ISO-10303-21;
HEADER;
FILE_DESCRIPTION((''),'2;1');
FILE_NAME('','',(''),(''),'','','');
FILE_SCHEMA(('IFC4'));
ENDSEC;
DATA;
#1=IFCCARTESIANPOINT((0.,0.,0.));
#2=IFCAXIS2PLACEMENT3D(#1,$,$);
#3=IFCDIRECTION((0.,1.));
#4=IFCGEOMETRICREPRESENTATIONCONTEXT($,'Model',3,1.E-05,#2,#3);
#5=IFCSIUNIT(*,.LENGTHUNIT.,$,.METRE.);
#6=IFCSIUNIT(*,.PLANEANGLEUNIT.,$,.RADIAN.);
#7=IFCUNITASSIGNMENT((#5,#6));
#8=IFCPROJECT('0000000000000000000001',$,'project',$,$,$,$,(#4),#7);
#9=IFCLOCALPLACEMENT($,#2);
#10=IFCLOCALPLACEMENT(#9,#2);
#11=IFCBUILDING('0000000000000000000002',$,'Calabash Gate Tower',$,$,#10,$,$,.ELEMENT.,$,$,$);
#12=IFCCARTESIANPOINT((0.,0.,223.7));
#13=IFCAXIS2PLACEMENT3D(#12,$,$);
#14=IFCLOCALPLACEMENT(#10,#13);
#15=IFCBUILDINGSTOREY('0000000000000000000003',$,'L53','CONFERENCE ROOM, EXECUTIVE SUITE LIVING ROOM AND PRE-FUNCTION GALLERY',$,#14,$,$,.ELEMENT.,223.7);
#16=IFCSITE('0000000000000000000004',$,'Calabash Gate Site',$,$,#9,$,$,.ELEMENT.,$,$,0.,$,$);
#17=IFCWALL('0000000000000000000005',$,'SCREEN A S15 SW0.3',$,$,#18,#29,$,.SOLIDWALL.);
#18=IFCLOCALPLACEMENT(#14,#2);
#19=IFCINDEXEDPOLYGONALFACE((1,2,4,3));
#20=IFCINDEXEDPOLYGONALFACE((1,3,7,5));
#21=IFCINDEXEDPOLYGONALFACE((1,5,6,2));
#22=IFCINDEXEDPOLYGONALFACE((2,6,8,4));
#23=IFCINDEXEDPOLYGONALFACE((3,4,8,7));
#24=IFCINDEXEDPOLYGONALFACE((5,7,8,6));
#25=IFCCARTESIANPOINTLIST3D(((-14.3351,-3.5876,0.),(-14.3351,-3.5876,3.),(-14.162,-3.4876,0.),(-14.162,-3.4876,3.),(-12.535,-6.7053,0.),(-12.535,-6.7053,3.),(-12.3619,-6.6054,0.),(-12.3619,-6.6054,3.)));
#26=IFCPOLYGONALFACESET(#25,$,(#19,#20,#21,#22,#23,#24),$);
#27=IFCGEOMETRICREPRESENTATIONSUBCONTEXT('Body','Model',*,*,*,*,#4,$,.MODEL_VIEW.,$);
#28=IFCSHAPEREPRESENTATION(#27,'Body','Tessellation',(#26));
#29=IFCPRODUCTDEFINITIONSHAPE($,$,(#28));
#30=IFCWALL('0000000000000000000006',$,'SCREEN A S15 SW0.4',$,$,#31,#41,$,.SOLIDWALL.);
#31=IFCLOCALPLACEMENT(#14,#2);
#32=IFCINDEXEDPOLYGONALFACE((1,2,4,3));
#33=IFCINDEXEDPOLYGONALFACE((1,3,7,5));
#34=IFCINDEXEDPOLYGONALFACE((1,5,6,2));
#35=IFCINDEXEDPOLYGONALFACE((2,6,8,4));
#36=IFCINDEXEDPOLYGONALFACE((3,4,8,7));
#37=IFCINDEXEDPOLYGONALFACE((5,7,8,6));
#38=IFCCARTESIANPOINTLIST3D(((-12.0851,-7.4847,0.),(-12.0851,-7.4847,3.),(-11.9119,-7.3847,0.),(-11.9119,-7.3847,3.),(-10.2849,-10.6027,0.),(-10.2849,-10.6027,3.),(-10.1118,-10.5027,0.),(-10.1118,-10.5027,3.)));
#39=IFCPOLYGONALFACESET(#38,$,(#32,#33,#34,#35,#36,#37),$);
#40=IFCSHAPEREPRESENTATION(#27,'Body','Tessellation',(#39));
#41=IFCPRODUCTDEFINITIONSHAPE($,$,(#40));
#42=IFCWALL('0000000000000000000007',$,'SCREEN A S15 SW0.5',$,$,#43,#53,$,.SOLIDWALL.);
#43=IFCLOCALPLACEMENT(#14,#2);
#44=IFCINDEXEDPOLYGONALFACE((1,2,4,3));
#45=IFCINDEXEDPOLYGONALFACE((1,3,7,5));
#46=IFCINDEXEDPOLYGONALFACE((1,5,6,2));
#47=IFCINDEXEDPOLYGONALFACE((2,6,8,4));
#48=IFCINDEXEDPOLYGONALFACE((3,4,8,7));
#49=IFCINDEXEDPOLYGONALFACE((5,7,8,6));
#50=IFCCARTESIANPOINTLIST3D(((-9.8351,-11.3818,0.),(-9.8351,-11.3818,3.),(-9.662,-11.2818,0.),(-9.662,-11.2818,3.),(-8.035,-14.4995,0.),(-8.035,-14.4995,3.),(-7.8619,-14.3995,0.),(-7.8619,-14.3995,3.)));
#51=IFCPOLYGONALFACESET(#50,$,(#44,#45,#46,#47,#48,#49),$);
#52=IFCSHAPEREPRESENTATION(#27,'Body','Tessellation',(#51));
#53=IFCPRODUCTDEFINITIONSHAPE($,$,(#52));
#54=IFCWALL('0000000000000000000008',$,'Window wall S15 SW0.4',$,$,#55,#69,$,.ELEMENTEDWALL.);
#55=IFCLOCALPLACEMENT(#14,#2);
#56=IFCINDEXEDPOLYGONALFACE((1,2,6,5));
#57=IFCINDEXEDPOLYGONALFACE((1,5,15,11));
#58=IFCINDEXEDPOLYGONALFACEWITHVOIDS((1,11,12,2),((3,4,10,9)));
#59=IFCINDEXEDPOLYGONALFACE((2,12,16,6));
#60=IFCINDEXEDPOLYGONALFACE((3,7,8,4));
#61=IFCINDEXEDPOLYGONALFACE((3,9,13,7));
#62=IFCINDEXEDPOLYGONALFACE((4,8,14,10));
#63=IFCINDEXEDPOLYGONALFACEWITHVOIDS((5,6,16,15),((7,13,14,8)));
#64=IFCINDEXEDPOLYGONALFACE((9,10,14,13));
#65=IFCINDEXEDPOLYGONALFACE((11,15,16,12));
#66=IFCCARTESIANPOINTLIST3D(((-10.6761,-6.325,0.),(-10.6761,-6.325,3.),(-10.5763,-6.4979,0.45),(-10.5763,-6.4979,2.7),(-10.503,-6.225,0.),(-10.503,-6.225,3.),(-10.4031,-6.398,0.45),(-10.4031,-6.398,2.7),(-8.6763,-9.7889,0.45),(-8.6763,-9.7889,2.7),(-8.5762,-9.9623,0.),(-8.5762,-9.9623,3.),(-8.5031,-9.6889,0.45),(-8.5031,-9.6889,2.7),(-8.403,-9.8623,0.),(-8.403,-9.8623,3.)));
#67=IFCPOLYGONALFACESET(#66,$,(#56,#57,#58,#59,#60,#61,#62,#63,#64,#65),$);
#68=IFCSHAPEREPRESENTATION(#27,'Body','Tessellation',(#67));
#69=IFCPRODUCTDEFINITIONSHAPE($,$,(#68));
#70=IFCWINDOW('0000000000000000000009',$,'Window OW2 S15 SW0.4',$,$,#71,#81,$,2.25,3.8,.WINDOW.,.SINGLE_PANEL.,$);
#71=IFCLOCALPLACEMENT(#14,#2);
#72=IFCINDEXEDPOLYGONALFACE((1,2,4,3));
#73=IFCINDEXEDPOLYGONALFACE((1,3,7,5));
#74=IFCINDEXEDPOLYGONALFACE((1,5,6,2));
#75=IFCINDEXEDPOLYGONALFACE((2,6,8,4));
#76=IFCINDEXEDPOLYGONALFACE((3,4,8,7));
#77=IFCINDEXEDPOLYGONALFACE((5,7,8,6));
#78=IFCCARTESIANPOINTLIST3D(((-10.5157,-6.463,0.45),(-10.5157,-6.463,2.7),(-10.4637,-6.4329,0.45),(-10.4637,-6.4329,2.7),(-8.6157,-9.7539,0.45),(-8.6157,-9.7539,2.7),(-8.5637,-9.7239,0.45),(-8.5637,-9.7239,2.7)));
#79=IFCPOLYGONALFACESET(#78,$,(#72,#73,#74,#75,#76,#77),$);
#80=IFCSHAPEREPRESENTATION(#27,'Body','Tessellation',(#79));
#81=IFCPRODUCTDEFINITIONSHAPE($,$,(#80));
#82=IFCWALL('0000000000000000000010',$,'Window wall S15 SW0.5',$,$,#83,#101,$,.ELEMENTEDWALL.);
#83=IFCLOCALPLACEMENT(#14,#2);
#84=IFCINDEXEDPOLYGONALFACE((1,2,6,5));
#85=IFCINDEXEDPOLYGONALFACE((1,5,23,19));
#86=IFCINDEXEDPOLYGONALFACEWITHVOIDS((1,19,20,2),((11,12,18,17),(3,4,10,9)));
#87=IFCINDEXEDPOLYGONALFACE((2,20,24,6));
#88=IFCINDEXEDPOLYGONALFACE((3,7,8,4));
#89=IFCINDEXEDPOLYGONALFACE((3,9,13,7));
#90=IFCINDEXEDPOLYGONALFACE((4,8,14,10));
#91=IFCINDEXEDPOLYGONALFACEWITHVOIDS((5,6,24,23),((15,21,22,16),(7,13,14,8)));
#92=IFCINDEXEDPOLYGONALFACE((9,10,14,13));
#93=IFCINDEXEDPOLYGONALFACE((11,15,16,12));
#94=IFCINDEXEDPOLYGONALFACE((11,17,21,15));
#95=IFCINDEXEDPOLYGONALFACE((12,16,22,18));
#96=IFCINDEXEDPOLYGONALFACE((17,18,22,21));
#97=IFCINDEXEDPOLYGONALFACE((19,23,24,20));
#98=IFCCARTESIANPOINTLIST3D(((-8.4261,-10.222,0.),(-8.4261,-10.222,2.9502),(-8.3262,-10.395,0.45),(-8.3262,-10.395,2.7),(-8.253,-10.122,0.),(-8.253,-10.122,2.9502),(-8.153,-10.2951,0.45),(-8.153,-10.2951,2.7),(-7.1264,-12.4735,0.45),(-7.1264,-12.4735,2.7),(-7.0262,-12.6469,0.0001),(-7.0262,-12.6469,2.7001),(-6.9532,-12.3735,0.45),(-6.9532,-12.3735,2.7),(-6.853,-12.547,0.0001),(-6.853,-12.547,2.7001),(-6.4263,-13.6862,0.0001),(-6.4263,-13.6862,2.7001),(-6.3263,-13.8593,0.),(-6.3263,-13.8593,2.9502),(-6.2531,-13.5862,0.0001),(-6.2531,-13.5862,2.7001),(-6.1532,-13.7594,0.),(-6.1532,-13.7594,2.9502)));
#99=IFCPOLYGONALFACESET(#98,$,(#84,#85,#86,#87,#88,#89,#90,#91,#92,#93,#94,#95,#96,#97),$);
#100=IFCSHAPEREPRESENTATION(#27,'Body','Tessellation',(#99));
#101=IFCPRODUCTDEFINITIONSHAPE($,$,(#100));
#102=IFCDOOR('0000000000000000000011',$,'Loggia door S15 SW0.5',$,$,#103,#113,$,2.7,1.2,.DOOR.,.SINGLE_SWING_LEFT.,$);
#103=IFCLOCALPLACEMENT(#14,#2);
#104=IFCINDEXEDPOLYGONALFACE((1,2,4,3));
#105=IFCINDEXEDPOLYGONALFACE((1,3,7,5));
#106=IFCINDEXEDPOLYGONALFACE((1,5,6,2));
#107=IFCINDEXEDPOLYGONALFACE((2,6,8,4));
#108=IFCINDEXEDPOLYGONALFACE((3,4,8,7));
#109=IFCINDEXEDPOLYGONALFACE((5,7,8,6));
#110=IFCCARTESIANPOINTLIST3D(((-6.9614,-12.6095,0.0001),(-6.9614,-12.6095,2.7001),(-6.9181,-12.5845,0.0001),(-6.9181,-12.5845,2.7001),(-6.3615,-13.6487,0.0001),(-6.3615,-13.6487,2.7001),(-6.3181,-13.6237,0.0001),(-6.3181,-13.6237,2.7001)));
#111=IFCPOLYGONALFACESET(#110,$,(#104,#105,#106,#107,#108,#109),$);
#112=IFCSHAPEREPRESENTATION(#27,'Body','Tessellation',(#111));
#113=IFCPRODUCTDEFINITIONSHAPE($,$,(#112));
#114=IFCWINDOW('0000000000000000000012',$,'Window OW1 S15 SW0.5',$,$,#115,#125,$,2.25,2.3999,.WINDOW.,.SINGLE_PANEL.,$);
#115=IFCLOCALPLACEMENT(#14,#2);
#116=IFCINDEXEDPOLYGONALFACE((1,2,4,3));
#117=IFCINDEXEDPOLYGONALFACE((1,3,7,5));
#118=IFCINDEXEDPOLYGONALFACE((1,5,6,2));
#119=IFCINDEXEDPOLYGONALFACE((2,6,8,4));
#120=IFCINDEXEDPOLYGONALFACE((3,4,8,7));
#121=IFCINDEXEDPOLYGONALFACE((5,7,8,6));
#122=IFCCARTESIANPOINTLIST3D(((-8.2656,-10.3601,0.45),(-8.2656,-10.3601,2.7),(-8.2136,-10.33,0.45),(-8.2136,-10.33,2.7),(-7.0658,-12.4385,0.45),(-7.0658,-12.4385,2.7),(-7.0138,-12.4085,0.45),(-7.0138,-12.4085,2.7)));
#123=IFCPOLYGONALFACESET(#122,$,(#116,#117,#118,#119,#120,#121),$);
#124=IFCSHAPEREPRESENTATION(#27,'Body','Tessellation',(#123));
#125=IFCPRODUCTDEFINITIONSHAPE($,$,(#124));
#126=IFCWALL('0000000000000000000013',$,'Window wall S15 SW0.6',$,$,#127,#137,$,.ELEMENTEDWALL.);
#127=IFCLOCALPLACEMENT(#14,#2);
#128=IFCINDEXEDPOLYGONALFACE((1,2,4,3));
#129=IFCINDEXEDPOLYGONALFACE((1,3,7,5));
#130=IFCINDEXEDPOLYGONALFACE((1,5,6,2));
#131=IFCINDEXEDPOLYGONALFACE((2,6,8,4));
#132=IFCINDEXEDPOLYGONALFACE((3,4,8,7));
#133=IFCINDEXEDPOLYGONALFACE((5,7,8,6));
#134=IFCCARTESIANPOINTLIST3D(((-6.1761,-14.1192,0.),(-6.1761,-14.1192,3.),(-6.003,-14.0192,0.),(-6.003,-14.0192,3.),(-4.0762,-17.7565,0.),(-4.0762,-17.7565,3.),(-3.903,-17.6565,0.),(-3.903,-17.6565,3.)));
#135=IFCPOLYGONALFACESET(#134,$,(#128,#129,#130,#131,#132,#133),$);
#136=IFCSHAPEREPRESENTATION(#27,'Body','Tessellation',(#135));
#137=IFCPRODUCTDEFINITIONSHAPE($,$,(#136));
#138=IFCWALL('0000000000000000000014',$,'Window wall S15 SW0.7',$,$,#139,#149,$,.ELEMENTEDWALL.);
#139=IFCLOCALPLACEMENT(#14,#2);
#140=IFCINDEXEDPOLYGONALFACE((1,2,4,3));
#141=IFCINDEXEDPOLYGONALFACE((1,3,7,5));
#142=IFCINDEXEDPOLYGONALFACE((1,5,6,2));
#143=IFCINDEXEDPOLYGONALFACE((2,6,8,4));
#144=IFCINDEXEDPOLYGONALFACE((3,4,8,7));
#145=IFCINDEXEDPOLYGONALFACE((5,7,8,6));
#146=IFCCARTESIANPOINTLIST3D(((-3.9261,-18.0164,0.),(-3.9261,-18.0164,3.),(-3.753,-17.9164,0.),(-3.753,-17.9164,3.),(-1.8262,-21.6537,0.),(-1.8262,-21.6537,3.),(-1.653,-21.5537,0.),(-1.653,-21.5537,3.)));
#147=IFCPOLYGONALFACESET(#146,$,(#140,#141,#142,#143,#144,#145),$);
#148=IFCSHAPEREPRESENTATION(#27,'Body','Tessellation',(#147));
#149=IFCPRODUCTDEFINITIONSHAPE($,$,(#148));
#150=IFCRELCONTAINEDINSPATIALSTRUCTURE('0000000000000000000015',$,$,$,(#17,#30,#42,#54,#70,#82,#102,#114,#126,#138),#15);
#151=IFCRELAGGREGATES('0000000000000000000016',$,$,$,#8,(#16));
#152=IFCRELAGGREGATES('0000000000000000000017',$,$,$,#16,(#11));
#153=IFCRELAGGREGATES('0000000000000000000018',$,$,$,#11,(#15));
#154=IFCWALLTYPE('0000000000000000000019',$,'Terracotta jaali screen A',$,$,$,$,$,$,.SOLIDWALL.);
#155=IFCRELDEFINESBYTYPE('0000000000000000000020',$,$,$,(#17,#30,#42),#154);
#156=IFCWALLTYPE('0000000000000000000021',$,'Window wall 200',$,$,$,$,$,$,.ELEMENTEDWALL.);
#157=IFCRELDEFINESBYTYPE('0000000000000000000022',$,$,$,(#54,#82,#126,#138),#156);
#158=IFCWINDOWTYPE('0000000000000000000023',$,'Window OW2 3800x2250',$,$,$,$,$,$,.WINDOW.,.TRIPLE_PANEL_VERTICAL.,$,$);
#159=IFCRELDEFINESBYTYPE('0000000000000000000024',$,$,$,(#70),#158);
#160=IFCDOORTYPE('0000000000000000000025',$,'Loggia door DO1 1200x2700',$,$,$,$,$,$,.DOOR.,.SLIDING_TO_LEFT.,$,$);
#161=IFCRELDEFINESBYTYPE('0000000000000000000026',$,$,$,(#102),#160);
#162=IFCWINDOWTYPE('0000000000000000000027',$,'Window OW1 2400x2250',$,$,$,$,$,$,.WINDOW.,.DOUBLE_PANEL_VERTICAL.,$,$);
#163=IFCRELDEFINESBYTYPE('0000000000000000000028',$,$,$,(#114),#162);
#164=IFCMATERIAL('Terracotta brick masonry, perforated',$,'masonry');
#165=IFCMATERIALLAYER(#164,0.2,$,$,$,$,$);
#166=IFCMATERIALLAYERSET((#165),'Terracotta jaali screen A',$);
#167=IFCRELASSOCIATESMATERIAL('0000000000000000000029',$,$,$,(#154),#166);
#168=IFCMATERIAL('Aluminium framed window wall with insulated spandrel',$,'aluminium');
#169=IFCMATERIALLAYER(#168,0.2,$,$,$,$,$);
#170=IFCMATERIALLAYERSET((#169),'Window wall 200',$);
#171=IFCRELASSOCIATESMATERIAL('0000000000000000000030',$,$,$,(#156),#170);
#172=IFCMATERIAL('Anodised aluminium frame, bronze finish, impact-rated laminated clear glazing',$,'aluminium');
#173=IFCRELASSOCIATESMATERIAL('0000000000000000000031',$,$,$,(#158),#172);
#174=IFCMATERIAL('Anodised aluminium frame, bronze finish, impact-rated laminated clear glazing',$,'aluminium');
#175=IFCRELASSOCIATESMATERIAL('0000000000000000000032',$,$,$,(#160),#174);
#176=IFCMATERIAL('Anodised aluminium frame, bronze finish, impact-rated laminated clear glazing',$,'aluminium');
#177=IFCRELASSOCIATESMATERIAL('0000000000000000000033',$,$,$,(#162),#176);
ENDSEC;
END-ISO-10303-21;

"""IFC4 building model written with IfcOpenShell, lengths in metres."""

from ifc_helpers import new_model, si_unit, direction, frame, frame_2d, origin, place, context, subcontext, project, spatial, rectangle, extrude, material, layer, layer_set, type_object, element, fill, save


model = new_model("IFC4")

# Units and contexts
model_context = context("Model", 3, precision=1e-05, world=origin(), true_north=direction((0.0, 1.0)))
body_context = subcontext(model_context, "Body", "Model", "MODEL_VIEW")
ifc_project = project(units=[si_unit("LENGTHUNIT", "METRE"), si_unit("PLANEANGLEUNIT", "RADIAN")], contexts=[model_context])

# Site, building, storey
site_placement = place(None, origin())
site = spatial("IfcSite", under=ifc_project, at=site_placement, Name="Calabash Gate Site", CompositionType="ELEMENT", RefElevation=0.0)
building_placement = place(site_placement, origin())
building = spatial("IfcBuilding", under=site, at=building_placement, Name="Calabash Gate Tower", CompositionType="ELEMENT")
storey_placement = place(building_placement, frame((0.0, 0.0, 223.7)))
storey = spatial("IfcBuildingStorey", under=building, at=storey_placement, Name="L53", Description="CONFERENCE ROOM, EXECUTIVE SUITE LIVING ROOM AND PRE-FUNCTION GALLERY", CompositionType="ELEMENT", Elevation=223.7)

# Walls
ifc_material_1 = material(Name="Terracotta brick masonry, perforated", Category="masonry")
ifc_layer_1 = layer(ifc_material_1, 0.2)
ifc_layer_set_1 = layer_set([ifc_layer_1], Name="Terracotta jaali screen A")
wall_type_1 = type_object("IfcWallType", Name="Terracotta jaali screen A", PredefinedType="SOLIDWALL", material=ifc_layer_set_1)
wall_1_placement = place(storey_placement, frame((-14.2485, -3.5376, 0.0), z_axis=(0.0, 0.0, 1.0), x_axis=(0.500012, -0.866018, 0.0)))
element("IfcWall", 1, at=wall_1_placement, inside=storey, type_object=wall_type_1, Name="SCREEN A S15 SW0.3", PredefinedType="SOLIDWALL", context=body_context, shape_type="SweptSolid", body=[
    extrude(rectangle(XDim=3.6001, YDim=0.2, at=frame_2d((1.8, 0.0))), origin(), (0.0, 0.0, 1.0), 3.0),
])
wall_2_placement = place(storey_placement, frame((-11.9985, -7.4346, 0.0), z_axis=(0.0, 0.0, 1.0), x_axis=(0.499983, -0.866035, 0.0)))
element("IfcWall", 2, at=wall_2_placement, inside=storey, type_object=wall_type_1, Name="SCREEN A S15 SW0.4", PredefinedType="SOLIDWALL", context=body_context, shape_type="SweptSolid", body=[
    extrude(rectangle(XDim=3.6003, YDim=0.2, at=frame_2d((1.8003, 0.0))), origin(), (0.0, 0.0, 1.0), 3.0),
])
wall_3_placement = place(storey_placement, frame((-9.7485, -11.3318, 0.0), z_axis=(0.0, 0.0, 1.0), x_axis=(0.500012, -0.866018, 0.0)))
element("IfcWall", 3, at=wall_3_placement, inside=storey, type_object=wall_type_1, Name="SCREEN A S15 SW0.5", PredefinedType="SOLIDWALL", context=body_context, shape_type="SweptSolid", body=[
    extrude(rectangle(XDim=3.6001, YDim=0.2, at=frame_2d((1.8, 0.0))), origin(), (0.0, 0.0, 1.0), 3.0),
])

# Wall, opening, window
ifc_material_2 = material(Name="Aluminium framed window wall with insulated spandrel", Category="aluminium")
ifc_layer_2 = layer(ifc_material_2, 0.2)
ifc_layer_set_2 = layer_set([ifc_layer_2], Name="Window wall 200")
wall_type_2 = type_object("IfcWallType", Name="Window wall 200", PredefinedType="ELEMENTEDWALL", material=ifc_layer_set_2)
wall_4_placement = place(storey_placement, frame((-10.5896, -6.2749, 0.0), z_axis=(0.0, 0.0, 1.0), x_axis=(0.499984, -0.866035, 0.0)))
wall_4 = element("IfcWall", 4, at=wall_4_placement, inside=storey, type_object=wall_type_2, Name="Window wall S15 SW0.4", PredefinedType="ELEMENTEDWALL", context=body_context, shape_type="SweptSolid", body=[
    extrude(rectangle(XDim=4.2, YDim=0.2, at=frame_2d((2.1001, 0.0))), origin(), (0.0, 0.0, 1.0), 3.0),
])
opening_1_placement = place(wall_4_placement, frame((0.2, 0.0, 0.45)))
opening_1 = element("IfcOpeningElement", 5, at=opening_1_placement, cuts=wall_4, PredefinedType="OPENING", context=body_context, shape_type="SweptSolid", body=[
    extrude(rectangle(XDim=3.8, YDim=2.25, at=frame_2d((1.8999, 1.125))), frame((0.0, 0.1099, 0.0), z_axis=(0.0, -1.0, 0.0), x_axis=(1.0, 0.0, 0.0)), (0.0, 0.0, 1.0), 0.22),
])
ifc_material_3 = material(Name="Anodised aluminium frame, bronze finish, impact-rated laminated clear glazing", Category="aluminium")
window_type_1 = type_object("IfcWindowType", Name="Window OW2 3800x2250", PartitioningType="TRIPLE_PANEL_VERTICAL", PredefinedType="WINDOW", material=ifc_material_3)
window_1_placement = place(opening_1_placement, origin())
window_1 = element("IfcWindow", 6, at=window_1_placement, inside=storey, type_object=window_type_1, Name="Window OW2 S15 SW0.4", OverallHeight=2.25, OverallWidth=3.8, PartitioningType="SINGLE_PANEL", PredefinedType="WINDOW", context=body_context, shape_type="SweptSolid", body=[
    extrude(rectangle(XDim=3.8, YDim=2.25, at=frame_2d((1.8999, 1.125))), frame((0.0, 0.03, 0.0), z_axis=(0.0, -1.0, 0.0), x_axis=(1.0, 0.0, 0.0)), (0.0, 0.0, 1.0), 0.0601),
])
fill(opening_1, window_1)

# Wall, openings, door, window
wall_5_placement = place(storey_placement, frame((-8.3396, -10.1719, 0.0), z_axis=(0.0, 0.0, 1.0), x_axis=(0.499959, -0.866049, 0.0)))
wall_5 = element("IfcWall", 7, at=wall_5_placement, inside=storey, type_object=wall_type_2, Name="Window wall S15 SW0.5", PredefinedType="ELEMENTEDWALL", context=body_context, shape_type="SweptSolid", body=[
    extrude(rectangle(XDim=4.2, YDim=0.2, at=frame_2d((2.1001, 0.0))), origin(), (0.0, 0.0, 1.0), 2.9502),
])
opening_2_placement = place(wall_5_placement, frame((0.2, 0.0, 0.45)))
opening_2 = element("IfcOpeningElement", 8, at=opening_2_placement, cuts=wall_5, PredefinedType="OPENING", context=body_context, shape_type="SweptSolid", body=[
    extrude(rectangle(XDim=2.3999, YDim=2.25, at=frame_2d((1.2, 1.125))), frame((0.0, 0.1099, 0.0), z_axis=(0.0, -1.0, 0.0), x_axis=(1.0, 0.0, 0.0)), (0.0, 0.0, 1.0), 0.22),
])
opening_3_placement = place(wall_5_placement, frame((2.8, 0.0, 0.0)))
opening_3 = element("IfcOpeningElement", 9, at=opening_3_placement, cuts=wall_5, PredefinedType="OPENING", context=body_context, shape_type="SweptSolid", body=[
    extrude(rectangle(XDim=1.2, YDim=2.7, at=frame_2d((0.6001, 1.3501))), frame((0.0, 0.1099, 0.0), z_axis=(0.0, -1.0, 0.0), x_axis=(1.0, 0.0, 0.0)), (0.0, 0.0, 1.0), 0.22),
])
ifc_material_4 = material(Name="Anodised aluminium frame, bronze finish, impact-rated laminated clear glazing", Category="aluminium")
door_type = type_object("IfcDoorType", Name="Loggia door DO1 1200x2700", OperationType="SLIDING_TO_LEFT", PredefinedType="DOOR", material=ifc_material_4)
door_placement = place(opening_3_placement, origin())
door = element("IfcDoor", 10, at=door_placement, inside=storey, type_object=door_type, Name="Loggia door S15 SW0.5", OperationType="SINGLE_SWING_LEFT", OverallHeight=2.7, OverallWidth=1.2, PredefinedType="DOOR", context=body_context, shape_type="SweptSolid", body=[
    extrude(rectangle(XDim=1.2, YDim=2.7, at=frame_2d((0.6001, 1.3501))), frame((0.0, 0.0249, 0.0), z_axis=(0.0, -1.0, 0.0), x_axis=(1.0, 0.0, 0.0)), (0.0, 0.0, 1.0), 0.05),
])
fill(opening_3, door)
ifc_material_5 = material(Name="Anodised aluminium frame, bronze finish, impact-rated laminated clear glazing", Category="aluminium")
window_type_2 = type_object("IfcWindowType", Name="Window OW1 2400x2250", PartitioningType="DOUBLE_PANEL_VERTICAL", PredefinedType="WINDOW", material=ifc_material_5)
window_2_placement = place(opening_2_placement, origin())
window_2 = element("IfcWindow", 11, at=window_2_placement, inside=storey, type_object=window_type_2, Name="Window OW1 S15 SW0.5", OverallHeight=2.25, OverallWidth=2.3999, PartitioningType="SINGLE_PANEL", PredefinedType="WINDOW", context=body_context, shape_type="SweptSolid", body=[
    extrude(rectangle(XDim=2.3999, YDim=2.25, at=frame_2d((1.2, 1.125))), frame((0.0, 0.03, 0.0), z_axis=(0.0, -1.0, 0.0), x_axis=(1.0, 0.0, 0.0)), (0.0, 0.0, 1.0), 0.0601),
])
fill(opening_2, window_2)

# Walls
for number, where, z_axis, x_axis, name in (
    (12, (-6.0896, -14.0691, 0.0), (0.0, 0.0, 1.0), (0.499984, -0.866035, 0.0), "Window wall S15 SW0.6"),
    (13, (-3.8396, -17.9663, 0.0), (0.0, 0.0, 1.0), (0.499984, -0.866035, 0.0), "Window wall S15 SW0.7"),
):
    element("IfcWall", number, at=place(storey_placement, frame(where, z_axis=z_axis, x_axis=x_axis)), inside=storey, type_object=wall_type_2, Name=name, PredefinedType="ELEMENTEDWALL", context=body_context, shape_type="SweptSolid", body=[
        extrude(rectangle(XDim=4.2, YDim=0.2, at=frame_2d((2.1001, 0.0))), origin(), (0.0, 0.0, 1.0), 3.0),
    ])

save(model, "model.ifc")
